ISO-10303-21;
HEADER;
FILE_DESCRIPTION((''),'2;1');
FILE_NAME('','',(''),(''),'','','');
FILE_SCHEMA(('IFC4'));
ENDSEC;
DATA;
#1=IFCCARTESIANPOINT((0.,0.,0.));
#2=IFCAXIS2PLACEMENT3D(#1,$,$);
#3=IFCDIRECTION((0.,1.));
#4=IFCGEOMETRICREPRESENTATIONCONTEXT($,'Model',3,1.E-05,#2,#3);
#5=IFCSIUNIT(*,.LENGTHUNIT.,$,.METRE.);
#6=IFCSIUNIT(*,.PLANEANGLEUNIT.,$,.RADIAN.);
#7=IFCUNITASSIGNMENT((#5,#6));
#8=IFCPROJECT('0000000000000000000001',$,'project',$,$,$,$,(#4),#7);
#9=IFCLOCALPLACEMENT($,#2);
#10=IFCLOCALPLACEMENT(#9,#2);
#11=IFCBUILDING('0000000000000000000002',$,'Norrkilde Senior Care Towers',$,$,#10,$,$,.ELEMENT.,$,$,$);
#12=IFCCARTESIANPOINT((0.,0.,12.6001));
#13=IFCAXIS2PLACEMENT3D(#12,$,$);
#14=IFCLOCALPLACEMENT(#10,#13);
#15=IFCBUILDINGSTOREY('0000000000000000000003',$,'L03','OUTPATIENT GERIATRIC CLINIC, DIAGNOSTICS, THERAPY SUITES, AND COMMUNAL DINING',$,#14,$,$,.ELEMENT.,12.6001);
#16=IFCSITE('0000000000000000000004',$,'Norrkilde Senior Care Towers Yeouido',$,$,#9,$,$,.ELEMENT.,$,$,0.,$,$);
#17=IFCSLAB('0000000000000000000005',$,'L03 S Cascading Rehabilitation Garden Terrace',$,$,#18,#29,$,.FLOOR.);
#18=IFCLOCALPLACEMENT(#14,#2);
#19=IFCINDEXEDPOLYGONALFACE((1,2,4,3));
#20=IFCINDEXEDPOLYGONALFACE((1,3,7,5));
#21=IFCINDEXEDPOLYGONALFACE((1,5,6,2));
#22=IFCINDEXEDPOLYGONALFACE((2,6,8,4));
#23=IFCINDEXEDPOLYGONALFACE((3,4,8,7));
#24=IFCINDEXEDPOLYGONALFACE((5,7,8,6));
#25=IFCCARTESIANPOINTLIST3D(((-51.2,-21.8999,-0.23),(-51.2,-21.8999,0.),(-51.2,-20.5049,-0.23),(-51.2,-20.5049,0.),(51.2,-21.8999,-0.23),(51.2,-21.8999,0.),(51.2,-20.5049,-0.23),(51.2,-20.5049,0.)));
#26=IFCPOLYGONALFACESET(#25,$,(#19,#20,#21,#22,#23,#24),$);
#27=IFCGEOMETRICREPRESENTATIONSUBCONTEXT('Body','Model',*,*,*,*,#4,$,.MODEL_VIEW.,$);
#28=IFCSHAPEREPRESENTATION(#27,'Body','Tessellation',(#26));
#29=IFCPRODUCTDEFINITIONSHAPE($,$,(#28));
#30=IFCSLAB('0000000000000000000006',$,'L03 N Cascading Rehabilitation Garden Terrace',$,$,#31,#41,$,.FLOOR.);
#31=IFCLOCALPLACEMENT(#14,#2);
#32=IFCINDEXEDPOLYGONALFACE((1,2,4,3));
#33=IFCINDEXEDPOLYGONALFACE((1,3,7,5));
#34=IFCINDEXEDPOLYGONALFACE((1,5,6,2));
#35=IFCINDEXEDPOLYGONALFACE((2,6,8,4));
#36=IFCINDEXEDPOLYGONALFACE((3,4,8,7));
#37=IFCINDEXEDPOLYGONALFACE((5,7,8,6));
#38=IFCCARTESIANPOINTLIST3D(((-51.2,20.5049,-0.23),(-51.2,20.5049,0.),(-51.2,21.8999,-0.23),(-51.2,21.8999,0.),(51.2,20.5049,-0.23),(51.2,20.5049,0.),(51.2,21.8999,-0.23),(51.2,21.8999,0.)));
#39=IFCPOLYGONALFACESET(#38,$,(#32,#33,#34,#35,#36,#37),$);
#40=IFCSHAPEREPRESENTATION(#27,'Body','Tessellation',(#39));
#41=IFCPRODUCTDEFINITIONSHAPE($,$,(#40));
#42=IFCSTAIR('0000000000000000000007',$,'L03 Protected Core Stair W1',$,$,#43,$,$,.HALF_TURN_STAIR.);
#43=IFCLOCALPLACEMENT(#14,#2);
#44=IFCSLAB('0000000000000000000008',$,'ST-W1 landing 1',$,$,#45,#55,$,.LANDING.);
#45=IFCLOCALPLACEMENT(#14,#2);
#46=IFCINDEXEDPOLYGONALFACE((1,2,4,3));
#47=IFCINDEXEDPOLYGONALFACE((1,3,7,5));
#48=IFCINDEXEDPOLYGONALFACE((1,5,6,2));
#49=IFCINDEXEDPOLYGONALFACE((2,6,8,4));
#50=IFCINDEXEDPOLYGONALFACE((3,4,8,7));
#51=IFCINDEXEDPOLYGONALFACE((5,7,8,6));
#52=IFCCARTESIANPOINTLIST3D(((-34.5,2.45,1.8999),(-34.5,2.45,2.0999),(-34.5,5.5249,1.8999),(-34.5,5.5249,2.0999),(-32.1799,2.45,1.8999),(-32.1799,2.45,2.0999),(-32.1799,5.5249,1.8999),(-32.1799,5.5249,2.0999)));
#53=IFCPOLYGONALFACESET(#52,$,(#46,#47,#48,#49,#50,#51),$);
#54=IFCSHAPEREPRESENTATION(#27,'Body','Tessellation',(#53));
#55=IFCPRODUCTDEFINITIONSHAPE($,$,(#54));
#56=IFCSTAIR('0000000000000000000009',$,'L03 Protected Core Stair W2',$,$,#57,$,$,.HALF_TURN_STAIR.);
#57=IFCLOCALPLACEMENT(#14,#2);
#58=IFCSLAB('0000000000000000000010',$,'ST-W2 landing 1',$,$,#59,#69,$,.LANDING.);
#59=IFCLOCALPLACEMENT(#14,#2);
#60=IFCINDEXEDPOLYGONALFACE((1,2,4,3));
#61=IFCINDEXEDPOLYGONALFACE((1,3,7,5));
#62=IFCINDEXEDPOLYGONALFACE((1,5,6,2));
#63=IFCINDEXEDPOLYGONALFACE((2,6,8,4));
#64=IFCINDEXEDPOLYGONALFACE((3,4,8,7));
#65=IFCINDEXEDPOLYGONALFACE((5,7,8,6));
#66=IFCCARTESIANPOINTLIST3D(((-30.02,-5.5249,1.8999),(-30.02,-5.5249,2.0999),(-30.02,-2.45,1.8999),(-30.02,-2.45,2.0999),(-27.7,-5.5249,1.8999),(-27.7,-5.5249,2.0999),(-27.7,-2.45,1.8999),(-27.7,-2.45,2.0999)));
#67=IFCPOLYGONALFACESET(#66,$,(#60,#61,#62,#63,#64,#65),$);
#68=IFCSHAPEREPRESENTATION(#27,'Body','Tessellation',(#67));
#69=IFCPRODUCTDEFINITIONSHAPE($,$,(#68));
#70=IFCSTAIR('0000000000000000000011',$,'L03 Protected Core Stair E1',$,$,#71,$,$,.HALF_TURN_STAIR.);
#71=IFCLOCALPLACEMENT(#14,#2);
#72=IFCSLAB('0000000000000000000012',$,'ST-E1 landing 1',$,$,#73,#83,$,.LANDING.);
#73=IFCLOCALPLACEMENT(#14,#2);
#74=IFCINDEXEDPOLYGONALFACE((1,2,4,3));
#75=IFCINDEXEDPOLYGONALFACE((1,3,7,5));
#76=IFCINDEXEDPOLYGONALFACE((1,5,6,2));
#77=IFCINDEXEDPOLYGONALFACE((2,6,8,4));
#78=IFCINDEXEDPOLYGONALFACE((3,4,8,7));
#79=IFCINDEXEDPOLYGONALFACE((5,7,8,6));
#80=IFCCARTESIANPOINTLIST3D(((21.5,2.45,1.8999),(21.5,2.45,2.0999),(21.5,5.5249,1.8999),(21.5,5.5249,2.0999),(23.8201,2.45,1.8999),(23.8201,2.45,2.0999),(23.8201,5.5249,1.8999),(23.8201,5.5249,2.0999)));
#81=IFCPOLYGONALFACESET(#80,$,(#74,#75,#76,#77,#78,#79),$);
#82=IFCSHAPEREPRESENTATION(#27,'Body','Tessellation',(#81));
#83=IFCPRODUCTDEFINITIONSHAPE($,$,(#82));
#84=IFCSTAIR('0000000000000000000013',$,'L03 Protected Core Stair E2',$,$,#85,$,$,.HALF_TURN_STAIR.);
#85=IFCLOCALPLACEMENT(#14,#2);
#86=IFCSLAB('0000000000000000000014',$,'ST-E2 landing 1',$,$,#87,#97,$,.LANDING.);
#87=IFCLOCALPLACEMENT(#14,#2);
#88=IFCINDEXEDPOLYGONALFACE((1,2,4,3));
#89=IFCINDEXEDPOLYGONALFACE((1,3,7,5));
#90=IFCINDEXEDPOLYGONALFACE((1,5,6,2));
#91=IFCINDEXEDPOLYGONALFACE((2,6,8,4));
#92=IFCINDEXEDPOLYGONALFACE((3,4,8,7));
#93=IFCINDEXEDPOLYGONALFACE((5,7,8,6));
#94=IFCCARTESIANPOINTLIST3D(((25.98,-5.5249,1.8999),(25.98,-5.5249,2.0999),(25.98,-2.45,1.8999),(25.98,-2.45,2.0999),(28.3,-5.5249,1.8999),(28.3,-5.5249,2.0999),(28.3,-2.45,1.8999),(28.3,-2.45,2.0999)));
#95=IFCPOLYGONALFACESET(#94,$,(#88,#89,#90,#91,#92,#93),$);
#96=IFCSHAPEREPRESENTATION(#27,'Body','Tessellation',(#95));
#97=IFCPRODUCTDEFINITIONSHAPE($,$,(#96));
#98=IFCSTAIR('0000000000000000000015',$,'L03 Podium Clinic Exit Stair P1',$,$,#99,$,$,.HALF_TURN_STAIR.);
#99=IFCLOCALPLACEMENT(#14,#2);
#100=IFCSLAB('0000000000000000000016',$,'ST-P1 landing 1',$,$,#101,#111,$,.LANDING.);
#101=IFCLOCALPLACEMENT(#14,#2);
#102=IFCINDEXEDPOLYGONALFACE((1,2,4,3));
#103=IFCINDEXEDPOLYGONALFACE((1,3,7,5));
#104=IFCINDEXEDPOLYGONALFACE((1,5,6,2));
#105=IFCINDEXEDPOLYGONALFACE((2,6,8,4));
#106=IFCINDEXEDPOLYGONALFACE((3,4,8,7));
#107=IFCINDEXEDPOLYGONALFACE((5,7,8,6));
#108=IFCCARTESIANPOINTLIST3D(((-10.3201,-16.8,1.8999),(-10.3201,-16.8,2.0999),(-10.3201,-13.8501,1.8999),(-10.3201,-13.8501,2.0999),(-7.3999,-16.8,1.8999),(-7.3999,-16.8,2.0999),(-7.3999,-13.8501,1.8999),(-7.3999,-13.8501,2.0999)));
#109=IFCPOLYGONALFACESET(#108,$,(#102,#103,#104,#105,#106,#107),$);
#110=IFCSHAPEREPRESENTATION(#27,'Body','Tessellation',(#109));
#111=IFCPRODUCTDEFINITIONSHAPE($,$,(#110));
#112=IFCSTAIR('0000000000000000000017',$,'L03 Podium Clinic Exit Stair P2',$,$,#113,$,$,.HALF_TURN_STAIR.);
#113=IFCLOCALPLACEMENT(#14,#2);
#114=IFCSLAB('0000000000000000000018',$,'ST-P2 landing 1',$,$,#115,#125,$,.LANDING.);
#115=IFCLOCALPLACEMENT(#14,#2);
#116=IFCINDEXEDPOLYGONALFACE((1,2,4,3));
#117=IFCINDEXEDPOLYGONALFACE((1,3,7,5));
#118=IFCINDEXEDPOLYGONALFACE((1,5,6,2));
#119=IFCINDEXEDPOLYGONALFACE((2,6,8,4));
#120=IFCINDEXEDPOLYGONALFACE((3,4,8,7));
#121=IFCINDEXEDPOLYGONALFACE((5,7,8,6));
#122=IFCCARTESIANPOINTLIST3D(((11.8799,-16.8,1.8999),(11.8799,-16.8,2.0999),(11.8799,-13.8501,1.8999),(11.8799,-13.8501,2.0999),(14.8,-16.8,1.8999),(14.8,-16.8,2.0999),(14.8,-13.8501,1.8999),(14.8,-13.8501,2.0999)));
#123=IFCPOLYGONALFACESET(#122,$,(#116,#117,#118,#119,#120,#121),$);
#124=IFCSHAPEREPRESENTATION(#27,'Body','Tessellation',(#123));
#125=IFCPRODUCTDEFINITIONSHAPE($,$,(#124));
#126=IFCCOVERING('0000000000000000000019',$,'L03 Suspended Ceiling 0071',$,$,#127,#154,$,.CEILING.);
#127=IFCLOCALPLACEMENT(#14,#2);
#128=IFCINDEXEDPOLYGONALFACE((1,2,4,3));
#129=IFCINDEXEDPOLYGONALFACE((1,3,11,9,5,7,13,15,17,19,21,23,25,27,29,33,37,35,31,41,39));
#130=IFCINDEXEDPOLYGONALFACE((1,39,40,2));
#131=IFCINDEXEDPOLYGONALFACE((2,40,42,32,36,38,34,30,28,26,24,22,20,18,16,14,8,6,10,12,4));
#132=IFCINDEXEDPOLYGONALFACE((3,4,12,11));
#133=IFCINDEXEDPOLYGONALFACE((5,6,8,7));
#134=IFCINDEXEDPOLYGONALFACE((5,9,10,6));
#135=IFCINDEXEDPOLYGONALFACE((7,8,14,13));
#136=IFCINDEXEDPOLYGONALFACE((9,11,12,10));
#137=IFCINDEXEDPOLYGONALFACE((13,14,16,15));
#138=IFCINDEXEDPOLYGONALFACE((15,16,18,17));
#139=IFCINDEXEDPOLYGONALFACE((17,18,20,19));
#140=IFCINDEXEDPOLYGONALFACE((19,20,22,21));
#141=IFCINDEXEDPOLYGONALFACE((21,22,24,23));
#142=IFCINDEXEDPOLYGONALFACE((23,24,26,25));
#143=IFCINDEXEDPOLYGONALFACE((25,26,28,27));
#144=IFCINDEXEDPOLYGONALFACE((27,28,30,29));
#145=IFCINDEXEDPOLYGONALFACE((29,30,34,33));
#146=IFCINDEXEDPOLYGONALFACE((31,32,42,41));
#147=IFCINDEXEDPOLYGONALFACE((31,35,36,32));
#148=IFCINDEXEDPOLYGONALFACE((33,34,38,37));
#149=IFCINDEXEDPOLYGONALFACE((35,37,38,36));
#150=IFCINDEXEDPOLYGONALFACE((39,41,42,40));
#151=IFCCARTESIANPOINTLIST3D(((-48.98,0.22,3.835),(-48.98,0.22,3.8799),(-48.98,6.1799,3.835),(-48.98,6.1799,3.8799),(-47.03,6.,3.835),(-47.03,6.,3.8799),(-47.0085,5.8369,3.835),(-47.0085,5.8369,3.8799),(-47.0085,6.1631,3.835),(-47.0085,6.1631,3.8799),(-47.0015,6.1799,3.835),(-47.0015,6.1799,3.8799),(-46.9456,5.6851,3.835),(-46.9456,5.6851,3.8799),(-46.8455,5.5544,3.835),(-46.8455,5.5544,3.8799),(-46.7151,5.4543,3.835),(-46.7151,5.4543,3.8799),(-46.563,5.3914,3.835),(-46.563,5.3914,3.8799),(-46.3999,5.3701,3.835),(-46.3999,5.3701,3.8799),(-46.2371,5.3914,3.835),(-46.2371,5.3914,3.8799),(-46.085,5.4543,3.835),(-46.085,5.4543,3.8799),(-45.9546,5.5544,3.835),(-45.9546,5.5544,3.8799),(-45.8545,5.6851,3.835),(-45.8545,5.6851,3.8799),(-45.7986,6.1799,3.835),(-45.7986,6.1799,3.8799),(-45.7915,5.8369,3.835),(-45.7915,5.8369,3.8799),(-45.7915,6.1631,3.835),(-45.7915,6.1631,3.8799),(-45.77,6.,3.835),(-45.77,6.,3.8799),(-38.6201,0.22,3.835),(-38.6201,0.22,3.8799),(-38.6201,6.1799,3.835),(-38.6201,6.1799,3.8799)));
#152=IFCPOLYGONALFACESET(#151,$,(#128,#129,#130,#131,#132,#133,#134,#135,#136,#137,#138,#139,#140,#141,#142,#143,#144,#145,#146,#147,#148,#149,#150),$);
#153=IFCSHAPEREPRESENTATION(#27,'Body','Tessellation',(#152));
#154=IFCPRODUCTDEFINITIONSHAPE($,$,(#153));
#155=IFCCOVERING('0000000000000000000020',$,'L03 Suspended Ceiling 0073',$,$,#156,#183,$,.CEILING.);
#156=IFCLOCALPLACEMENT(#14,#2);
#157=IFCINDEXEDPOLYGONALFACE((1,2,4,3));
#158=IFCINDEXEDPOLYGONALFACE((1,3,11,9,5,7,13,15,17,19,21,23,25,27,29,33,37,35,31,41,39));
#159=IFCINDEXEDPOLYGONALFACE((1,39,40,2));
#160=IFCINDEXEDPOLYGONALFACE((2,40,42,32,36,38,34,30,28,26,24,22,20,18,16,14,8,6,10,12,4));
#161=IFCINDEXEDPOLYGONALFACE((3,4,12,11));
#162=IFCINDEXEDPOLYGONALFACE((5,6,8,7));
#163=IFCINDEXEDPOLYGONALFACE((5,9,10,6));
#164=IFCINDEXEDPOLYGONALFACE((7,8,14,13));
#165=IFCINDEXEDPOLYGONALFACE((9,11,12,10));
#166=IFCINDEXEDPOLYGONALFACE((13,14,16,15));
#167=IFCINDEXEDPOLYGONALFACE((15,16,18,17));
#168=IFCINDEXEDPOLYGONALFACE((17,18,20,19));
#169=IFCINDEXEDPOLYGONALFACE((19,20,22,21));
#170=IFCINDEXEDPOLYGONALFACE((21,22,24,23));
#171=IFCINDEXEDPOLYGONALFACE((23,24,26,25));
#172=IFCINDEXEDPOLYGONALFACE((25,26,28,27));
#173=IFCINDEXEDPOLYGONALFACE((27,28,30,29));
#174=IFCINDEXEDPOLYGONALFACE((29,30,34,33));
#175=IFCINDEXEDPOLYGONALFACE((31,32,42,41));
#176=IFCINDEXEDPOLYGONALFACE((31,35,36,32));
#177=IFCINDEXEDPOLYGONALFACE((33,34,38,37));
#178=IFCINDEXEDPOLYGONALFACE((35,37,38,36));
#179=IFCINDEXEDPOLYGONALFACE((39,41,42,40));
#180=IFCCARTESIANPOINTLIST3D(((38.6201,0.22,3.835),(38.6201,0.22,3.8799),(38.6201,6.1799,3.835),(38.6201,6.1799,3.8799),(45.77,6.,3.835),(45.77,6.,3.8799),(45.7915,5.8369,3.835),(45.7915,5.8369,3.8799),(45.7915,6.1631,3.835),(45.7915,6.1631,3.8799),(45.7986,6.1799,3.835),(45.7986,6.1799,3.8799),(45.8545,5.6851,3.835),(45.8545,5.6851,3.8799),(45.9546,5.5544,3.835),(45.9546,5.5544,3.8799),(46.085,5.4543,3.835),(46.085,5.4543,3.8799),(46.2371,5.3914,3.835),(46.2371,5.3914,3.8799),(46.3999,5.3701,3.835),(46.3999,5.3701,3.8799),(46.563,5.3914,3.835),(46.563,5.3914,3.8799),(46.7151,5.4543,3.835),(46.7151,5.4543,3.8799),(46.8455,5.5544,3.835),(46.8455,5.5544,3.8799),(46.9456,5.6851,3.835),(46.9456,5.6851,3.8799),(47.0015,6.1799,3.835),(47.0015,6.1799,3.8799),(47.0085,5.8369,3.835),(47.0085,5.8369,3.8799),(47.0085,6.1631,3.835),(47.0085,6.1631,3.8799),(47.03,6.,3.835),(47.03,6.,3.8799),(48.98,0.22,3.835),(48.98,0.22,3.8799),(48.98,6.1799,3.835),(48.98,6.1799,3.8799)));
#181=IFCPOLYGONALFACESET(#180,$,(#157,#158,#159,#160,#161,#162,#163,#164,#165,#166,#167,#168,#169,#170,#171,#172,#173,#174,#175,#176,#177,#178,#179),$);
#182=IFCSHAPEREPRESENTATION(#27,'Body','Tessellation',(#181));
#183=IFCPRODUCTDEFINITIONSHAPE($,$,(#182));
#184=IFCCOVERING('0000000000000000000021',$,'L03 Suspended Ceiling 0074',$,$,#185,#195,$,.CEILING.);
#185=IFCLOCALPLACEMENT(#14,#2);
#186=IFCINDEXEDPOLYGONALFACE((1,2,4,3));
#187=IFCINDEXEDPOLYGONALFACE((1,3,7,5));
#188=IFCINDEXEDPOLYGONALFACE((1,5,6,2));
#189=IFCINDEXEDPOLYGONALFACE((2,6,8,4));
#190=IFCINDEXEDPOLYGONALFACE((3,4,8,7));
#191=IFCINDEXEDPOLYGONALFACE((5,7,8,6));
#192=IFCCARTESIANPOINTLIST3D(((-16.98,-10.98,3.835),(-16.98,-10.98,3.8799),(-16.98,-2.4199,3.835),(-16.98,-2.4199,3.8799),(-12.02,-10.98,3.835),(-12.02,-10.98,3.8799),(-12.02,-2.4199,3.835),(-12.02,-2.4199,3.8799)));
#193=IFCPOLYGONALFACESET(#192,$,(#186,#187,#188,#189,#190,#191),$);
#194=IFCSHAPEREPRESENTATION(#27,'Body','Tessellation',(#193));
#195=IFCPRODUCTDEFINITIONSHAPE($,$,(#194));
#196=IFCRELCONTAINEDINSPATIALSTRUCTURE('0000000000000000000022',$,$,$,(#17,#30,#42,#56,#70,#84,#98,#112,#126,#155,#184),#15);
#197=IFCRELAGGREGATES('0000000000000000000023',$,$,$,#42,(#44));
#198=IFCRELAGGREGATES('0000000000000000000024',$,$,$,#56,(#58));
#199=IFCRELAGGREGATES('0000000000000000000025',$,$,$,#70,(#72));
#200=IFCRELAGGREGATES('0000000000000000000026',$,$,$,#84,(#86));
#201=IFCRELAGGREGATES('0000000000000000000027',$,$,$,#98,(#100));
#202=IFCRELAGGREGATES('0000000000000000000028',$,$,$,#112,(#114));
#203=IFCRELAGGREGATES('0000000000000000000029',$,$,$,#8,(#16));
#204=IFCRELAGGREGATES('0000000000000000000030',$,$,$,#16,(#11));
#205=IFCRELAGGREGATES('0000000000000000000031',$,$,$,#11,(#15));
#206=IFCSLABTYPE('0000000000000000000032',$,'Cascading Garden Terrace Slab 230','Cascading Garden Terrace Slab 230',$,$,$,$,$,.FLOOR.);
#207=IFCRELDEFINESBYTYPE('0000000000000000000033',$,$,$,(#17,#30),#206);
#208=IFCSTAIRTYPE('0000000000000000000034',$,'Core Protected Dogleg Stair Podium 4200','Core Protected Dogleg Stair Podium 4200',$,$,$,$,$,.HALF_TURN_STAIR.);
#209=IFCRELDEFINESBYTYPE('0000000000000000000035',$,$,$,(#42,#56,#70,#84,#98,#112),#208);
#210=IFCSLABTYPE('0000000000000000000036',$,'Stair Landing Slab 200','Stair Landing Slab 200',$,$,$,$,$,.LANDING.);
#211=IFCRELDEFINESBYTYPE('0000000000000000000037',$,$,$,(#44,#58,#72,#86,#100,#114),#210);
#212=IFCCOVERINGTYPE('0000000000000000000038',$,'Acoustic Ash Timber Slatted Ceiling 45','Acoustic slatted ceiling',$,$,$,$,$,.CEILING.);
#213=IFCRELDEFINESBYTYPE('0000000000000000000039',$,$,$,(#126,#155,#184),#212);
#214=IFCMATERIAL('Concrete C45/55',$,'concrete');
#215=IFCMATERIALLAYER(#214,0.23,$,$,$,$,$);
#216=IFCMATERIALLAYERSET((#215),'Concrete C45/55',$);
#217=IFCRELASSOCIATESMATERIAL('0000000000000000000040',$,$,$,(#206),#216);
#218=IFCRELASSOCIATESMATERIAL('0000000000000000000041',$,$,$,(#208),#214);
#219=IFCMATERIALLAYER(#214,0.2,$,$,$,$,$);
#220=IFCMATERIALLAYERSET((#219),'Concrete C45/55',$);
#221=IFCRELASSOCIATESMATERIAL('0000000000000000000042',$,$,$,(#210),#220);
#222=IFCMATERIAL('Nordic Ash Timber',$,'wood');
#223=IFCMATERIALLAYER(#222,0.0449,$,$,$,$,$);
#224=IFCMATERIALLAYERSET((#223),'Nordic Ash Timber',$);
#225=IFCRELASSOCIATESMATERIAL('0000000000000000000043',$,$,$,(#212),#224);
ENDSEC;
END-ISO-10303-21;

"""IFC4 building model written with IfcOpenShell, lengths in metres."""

from ifc_helpers import new_model, si_unit, direction, frame, origin, place, context, subcontext, project, spatial, polyline, outline, extrude, material, layer, layer_set, type_object, element, aggregate, save


model = new_model("IFC4")

# Units and contexts
model_context = context("Model", 3, precision=1e-05, world=origin(), true_north=direction((0.0, 1.0)))
body_context = subcontext(model_context, "Body", "Model", "MODEL_VIEW")
ifc_project = project(units=[si_unit("LENGTHUNIT", "METRE"), si_unit("PLANEANGLEUNIT", "RADIAN")], contexts=[model_context])

# Site, building, storey
site_placement = place(None, origin())
site = spatial("IfcSite", under=ifc_project, at=site_placement, Name="Norrkilde Senior Care Towers Yeouido", CompositionType="ELEMENT", RefElevation=0.0)
building_placement = place(site_placement, origin())
building = spatial("IfcBuilding", under=site, at=building_placement, Name="Norrkilde Senior Care Towers", CompositionType="ELEMENT")
storey_placement = place(building_placement, frame((0.0, 0.0, 12.6001)))
storey = spatial("IfcBuildingStorey", under=building, at=storey_placement, Name="L03", Description="OUTPATIENT GERIATRIC CLINIC, DIAGNOSTICS, THERAPY SUITES, AND COMMUNAL DINING", CompositionType="ELEMENT", Elevation=12.6001)

# Slabs
ifc_material_1 = material(Name="Concrete C45/55", Category="concrete")
ifc_layer_1 = layer(ifc_material_1, 0.23)
ifc_layer_set_1 = layer_set([ifc_layer_1], Name="Concrete C45/55")
slab_type_1 = type_object("IfcSlabType", Name="Cascading Garden Terrace Slab 230", Description="Cascading Garden Terrace Slab 230", PredefinedType="FLOOR", material=ifc_layer_set_1)
slab_1_placement = place(storey_placement, frame((0.0, 0.0, -0.23)))
element("IfcSlab", 1, at=slab_1_placement, inside=storey, type_object=slab_type_1, Name="L03 S Cascading Rehabilitation Garden Terrace", PredefinedType="FLOOR", context=body_context, shape_type="SweptSolid", body=[
    extrude(outline(polyline([(-51.2, -21.8999), (51.2, -21.8999), (51.2, -20.5049), (-51.2, -20.5049), (-51.2, -21.8999)])), origin(), (0.0, 0.0, 1.0), 0.23),
])
slab_2_placement = place(storey_placement, frame((0.0, 0.0, -0.23)))
element("IfcSlab", 2, at=slab_2_placement, inside=storey, type_object=slab_type_1, Name="L03 N Cascading Rehabilitation Garden Terrace", PredefinedType="FLOOR", context=body_context, shape_type="SweptSolid", body=[
    extrude(outline(polyline([(-51.2, 20.5049), (51.2, 20.5049), (51.2, 21.8999), (-51.2, 21.8999), (-51.2, 20.5049)])), origin(), (0.0, 0.0, 1.0), 0.23),
])

# Stairs, slabs
stair_type = type_object("IfcStairType", Name="Core Protected Dogleg Stair Podium 4200", Description="Core Protected Dogleg Stair Podium 4200", PredefinedType="HALF_TURN_STAIR", material=ifc_material_1)
stair_1_placement = place(storey_placement, origin())
stair_1 = element("IfcStair", 3, at=stair_1_placement, inside=storey, type_object=stair_type, Name="L03 Protected Core Stair W1", PredefinedType="HALF_TURN_STAIR")
ifc_layer_2 = layer(ifc_material_1, 0.2)
ifc_layer_set_2 = layer_set([ifc_layer_2], Name="Concrete C45/55")
slab_type_2 = type_object("IfcSlabType", Name="Stair Landing Slab 200", Description="Stair Landing Slab 200", PredefinedType="LANDING", material=ifc_layer_set_2)
slab_3_placement = place(storey_placement, frame((0.0, 0.0, 1.8999)))
slab_3 = element("IfcSlab", 4, at=slab_3_placement, type_object=slab_type_2, Name="ST-W1 landing 1", PredefinedType="LANDING", context=body_context, shape_type="SweptSolid", body=[
    extrude(outline(polyline([(-32.1799, 5.5249), (-34.5, 5.5249), (-34.5, 2.45), (-32.1799, 2.45), (-32.1799, 5.5249)])), origin(), (0.0, 0.0, 1.0), 0.2),
])
aggregate(stair_1, [slab_3])
stair_2_placement = place(storey_placement, origin())
stair_2 = element("IfcStair", 5, at=stair_2_placement, inside=storey, type_object=stair_type, Name="L03 Protected Core Stair W2", PredefinedType="HALF_TURN_STAIR")
slab_4_placement = place(storey_placement, frame((0.0, 0.0, 1.8999)))
slab_4 = element("IfcSlab", 6, at=slab_4_placement, type_object=slab_type_2, Name="ST-W2 landing 1", PredefinedType="LANDING", context=body_context, shape_type="SweptSolid", body=[
    extrude(outline(polyline([(-30.02, -5.5249), (-27.7, -5.5249), (-27.7, -2.45), (-30.02, -2.45), (-30.02, -5.5249)])), origin(), (0.0, 0.0, 1.0), 0.2),
])
aggregate(stair_2, [slab_4])
stair_3_placement = place(storey_placement, origin())
stair_3 = element("IfcStair", 7, at=stair_3_placement, inside=storey, type_object=stair_type, Name="L03 Protected Core Stair E1", PredefinedType="HALF_TURN_STAIR")
slab_5_placement = place(storey_placement, frame((0.0, 0.0, 1.8999)))
slab_5 = element("IfcSlab", 8, at=slab_5_placement, type_object=slab_type_2, Name="ST-E1 landing 1", PredefinedType="LANDING", context=body_context, shape_type="SweptSolid", body=[
    extrude(outline(polyline([(23.8201, 5.5249), (21.5, 5.5249), (21.5, 2.45), (23.8201, 2.45), (23.8201, 5.5249)])), origin(), (0.0, 0.0, 1.0), 0.2),
])
aggregate(stair_3, [slab_5])
stair_4_placement = place(storey_placement, origin())
stair_4 = element("IfcStair", 9, at=stair_4_placement, inside=storey, type_object=stair_type, Name="L03 Protected Core Stair E2", PredefinedType="HALF_TURN_STAIR")
slab_6_placement = place(storey_placement, frame((0.0, 0.0, 1.8999)))
slab_6 = element("IfcSlab", 10, at=slab_6_placement, type_object=slab_type_2, Name="ST-E2 landing 1", PredefinedType="LANDING", context=body_context, shape_type="SweptSolid", body=[
    extrude(outline(polyline([(25.98, -5.5249), (28.3, -5.5249), (28.3, -2.45), (25.98, -2.45), (25.98, -5.5249)])), origin(), (0.0, 0.0, 1.0), 0.2),
])
aggregate(stair_4, [slab_6])
stair_5_placement = place(storey_placement, origin())
stair_5 = element("IfcStair", 11, at=stair_5_placement, inside=storey, type_object=stair_type, Name="L03 Podium Clinic Exit Stair P1", PredefinedType="HALF_TURN_STAIR")
slab_7_placement = place(storey_placement, frame((0.0, 0.0, 1.8999)))
slab_7 = element("IfcSlab", 12, at=slab_7_placement, type_object=slab_type_2, Name="ST-P1 landing 1", PredefinedType="LANDING", context=body_context, shape_type="SweptSolid", body=[
    extrude(outline(polyline([(-10.3201, -16.8), (-7.3999, -16.8), (-7.3999, -13.8501), (-10.3201, -13.8501), (-10.3201, -16.8)])), origin(), (0.0, 0.0, 1.0), 0.2),
])
aggregate(stair_5, [slab_7])
stair_6_placement = place(storey_placement, origin())
stair_6 = element("IfcStair", 13, at=stair_6_placement, inside=storey, type_object=stair_type, Name="L03 Podium Clinic Exit Stair P2", PredefinedType="HALF_TURN_STAIR")
slab_8_placement = place(storey_placement, frame((0.0, 0.0, 1.8999)))
slab_8 = element("IfcSlab", 14, at=slab_8_placement, type_object=slab_type_2, Name="ST-P2 landing 1", PredefinedType="LANDING", context=body_context, shape_type="SweptSolid", body=[
    extrude(outline(polyline([(11.8799, -16.8), (14.8, -16.8), (14.8, -13.8501), (11.8799, -13.8501), (11.8799, -16.8)])), origin(), (0.0, 0.0, 1.0), 0.2),
])
aggregate(stair_6, [slab_8])

# Coverings
ifc_material_2 = material(Name="Nordic Ash Timber", Category="wood")
ifc_layer_3 = layer(ifc_material_2, 0.0449)
ifc_layer_set_3 = layer_set([ifc_layer_3], Name="Nordic Ash Timber")
covering_type_1 = type_object("IfcCoveringType", Name="Acoustic Ash Timber Slatted Ceiling 45", Description="Acoustic slatted ceiling", PredefinedType="CEILING", material=ifc_layer_set_3)
covering_1_placement = place(storey_placement, frame((0.0, 0.0, 3.835)))
element("IfcCovering", 15, at=covering_1_placement, inside=storey, type_object=covering_type_1, Name="L03 Suspended Ceiling 0071", PredefinedType="CEILING", context=body_context, shape_type="SweptSolid", body=[
    extrude(outline(polyline([(-38.6201, 0.22), (-48.98, 0.22), (-48.98, 6.1799), (-47.0015, 6.1799), (-47.0085, 6.1631), (-47.03, 6.0), (-47.0085, 5.8369), (-46.9456, 5.6851), (-46.8455, 5.5544), (-46.7151, 5.4543), (-46.563, 5.3914), (-46.3999, 5.3701), (-46.2371, 5.3914), (-46.085, 5.4543), (-45.9546, 5.5544), (-45.8545, 5.6851), (-45.7915, 5.8369), (-45.77, 6.0), (-45.7915, 6.1631), (-45.7986, 6.1799), (-38.6201, 6.1799), (-38.6201, 0.22)])), origin(), (0.0, 0.0, 1.0), 0.0449),
])
covering_2_placement = place(storey_placement, frame((0.0, 0.0, 3.835)))
element("IfcCovering", 16, at=covering_2_placement, inside=storey, type_object=covering_type_1, Name="L03 Suspended Ceiling 0073", PredefinedType="CEILING", context=body_context, shape_type="SweptSolid", body=[
    extrude(outline(polyline([(48.98, 0.22), (38.6201, 0.22), (38.6201, 6.1799), (45.7986, 6.1799), (45.7915, 6.1631), (45.77, 6.0), (45.7915, 5.8369), (45.8545, 5.6851), (45.9546, 5.5544), (46.085, 5.4543), (46.2371, 5.3914), (46.3999, 5.3701), (46.563, 5.3914), (46.7151, 5.4543), (46.8455, 5.5544), (46.9456, 5.6851), (47.0085, 5.8369), (47.03, 6.0), (47.0085, 6.1631), (47.0015, 6.1799), (48.98, 6.1799), (48.98, 0.22)])), origin(), (0.0, 0.0, 1.0), 0.0449),
])
covering_3_placement = place(storey_placement, frame((0.0, 0.0, 3.835)))
element("IfcCovering", 17, at=covering_3_placement, inside=storey, type_object=covering_type_1, Name="L03 Suspended Ceiling 0074", PredefinedType="CEILING", context=body_context, shape_type="SweptSolid", body=[
    extrude(outline(polyline([(-12.02, -2.4199), (-12.02, -10.98), (-16.98, -10.98), (-16.98, -2.4199), (-12.02, -2.4199)])), origin(), (0.0, 0.0, 1.0), 0.0449),
])

save(model, "model.ifc")
